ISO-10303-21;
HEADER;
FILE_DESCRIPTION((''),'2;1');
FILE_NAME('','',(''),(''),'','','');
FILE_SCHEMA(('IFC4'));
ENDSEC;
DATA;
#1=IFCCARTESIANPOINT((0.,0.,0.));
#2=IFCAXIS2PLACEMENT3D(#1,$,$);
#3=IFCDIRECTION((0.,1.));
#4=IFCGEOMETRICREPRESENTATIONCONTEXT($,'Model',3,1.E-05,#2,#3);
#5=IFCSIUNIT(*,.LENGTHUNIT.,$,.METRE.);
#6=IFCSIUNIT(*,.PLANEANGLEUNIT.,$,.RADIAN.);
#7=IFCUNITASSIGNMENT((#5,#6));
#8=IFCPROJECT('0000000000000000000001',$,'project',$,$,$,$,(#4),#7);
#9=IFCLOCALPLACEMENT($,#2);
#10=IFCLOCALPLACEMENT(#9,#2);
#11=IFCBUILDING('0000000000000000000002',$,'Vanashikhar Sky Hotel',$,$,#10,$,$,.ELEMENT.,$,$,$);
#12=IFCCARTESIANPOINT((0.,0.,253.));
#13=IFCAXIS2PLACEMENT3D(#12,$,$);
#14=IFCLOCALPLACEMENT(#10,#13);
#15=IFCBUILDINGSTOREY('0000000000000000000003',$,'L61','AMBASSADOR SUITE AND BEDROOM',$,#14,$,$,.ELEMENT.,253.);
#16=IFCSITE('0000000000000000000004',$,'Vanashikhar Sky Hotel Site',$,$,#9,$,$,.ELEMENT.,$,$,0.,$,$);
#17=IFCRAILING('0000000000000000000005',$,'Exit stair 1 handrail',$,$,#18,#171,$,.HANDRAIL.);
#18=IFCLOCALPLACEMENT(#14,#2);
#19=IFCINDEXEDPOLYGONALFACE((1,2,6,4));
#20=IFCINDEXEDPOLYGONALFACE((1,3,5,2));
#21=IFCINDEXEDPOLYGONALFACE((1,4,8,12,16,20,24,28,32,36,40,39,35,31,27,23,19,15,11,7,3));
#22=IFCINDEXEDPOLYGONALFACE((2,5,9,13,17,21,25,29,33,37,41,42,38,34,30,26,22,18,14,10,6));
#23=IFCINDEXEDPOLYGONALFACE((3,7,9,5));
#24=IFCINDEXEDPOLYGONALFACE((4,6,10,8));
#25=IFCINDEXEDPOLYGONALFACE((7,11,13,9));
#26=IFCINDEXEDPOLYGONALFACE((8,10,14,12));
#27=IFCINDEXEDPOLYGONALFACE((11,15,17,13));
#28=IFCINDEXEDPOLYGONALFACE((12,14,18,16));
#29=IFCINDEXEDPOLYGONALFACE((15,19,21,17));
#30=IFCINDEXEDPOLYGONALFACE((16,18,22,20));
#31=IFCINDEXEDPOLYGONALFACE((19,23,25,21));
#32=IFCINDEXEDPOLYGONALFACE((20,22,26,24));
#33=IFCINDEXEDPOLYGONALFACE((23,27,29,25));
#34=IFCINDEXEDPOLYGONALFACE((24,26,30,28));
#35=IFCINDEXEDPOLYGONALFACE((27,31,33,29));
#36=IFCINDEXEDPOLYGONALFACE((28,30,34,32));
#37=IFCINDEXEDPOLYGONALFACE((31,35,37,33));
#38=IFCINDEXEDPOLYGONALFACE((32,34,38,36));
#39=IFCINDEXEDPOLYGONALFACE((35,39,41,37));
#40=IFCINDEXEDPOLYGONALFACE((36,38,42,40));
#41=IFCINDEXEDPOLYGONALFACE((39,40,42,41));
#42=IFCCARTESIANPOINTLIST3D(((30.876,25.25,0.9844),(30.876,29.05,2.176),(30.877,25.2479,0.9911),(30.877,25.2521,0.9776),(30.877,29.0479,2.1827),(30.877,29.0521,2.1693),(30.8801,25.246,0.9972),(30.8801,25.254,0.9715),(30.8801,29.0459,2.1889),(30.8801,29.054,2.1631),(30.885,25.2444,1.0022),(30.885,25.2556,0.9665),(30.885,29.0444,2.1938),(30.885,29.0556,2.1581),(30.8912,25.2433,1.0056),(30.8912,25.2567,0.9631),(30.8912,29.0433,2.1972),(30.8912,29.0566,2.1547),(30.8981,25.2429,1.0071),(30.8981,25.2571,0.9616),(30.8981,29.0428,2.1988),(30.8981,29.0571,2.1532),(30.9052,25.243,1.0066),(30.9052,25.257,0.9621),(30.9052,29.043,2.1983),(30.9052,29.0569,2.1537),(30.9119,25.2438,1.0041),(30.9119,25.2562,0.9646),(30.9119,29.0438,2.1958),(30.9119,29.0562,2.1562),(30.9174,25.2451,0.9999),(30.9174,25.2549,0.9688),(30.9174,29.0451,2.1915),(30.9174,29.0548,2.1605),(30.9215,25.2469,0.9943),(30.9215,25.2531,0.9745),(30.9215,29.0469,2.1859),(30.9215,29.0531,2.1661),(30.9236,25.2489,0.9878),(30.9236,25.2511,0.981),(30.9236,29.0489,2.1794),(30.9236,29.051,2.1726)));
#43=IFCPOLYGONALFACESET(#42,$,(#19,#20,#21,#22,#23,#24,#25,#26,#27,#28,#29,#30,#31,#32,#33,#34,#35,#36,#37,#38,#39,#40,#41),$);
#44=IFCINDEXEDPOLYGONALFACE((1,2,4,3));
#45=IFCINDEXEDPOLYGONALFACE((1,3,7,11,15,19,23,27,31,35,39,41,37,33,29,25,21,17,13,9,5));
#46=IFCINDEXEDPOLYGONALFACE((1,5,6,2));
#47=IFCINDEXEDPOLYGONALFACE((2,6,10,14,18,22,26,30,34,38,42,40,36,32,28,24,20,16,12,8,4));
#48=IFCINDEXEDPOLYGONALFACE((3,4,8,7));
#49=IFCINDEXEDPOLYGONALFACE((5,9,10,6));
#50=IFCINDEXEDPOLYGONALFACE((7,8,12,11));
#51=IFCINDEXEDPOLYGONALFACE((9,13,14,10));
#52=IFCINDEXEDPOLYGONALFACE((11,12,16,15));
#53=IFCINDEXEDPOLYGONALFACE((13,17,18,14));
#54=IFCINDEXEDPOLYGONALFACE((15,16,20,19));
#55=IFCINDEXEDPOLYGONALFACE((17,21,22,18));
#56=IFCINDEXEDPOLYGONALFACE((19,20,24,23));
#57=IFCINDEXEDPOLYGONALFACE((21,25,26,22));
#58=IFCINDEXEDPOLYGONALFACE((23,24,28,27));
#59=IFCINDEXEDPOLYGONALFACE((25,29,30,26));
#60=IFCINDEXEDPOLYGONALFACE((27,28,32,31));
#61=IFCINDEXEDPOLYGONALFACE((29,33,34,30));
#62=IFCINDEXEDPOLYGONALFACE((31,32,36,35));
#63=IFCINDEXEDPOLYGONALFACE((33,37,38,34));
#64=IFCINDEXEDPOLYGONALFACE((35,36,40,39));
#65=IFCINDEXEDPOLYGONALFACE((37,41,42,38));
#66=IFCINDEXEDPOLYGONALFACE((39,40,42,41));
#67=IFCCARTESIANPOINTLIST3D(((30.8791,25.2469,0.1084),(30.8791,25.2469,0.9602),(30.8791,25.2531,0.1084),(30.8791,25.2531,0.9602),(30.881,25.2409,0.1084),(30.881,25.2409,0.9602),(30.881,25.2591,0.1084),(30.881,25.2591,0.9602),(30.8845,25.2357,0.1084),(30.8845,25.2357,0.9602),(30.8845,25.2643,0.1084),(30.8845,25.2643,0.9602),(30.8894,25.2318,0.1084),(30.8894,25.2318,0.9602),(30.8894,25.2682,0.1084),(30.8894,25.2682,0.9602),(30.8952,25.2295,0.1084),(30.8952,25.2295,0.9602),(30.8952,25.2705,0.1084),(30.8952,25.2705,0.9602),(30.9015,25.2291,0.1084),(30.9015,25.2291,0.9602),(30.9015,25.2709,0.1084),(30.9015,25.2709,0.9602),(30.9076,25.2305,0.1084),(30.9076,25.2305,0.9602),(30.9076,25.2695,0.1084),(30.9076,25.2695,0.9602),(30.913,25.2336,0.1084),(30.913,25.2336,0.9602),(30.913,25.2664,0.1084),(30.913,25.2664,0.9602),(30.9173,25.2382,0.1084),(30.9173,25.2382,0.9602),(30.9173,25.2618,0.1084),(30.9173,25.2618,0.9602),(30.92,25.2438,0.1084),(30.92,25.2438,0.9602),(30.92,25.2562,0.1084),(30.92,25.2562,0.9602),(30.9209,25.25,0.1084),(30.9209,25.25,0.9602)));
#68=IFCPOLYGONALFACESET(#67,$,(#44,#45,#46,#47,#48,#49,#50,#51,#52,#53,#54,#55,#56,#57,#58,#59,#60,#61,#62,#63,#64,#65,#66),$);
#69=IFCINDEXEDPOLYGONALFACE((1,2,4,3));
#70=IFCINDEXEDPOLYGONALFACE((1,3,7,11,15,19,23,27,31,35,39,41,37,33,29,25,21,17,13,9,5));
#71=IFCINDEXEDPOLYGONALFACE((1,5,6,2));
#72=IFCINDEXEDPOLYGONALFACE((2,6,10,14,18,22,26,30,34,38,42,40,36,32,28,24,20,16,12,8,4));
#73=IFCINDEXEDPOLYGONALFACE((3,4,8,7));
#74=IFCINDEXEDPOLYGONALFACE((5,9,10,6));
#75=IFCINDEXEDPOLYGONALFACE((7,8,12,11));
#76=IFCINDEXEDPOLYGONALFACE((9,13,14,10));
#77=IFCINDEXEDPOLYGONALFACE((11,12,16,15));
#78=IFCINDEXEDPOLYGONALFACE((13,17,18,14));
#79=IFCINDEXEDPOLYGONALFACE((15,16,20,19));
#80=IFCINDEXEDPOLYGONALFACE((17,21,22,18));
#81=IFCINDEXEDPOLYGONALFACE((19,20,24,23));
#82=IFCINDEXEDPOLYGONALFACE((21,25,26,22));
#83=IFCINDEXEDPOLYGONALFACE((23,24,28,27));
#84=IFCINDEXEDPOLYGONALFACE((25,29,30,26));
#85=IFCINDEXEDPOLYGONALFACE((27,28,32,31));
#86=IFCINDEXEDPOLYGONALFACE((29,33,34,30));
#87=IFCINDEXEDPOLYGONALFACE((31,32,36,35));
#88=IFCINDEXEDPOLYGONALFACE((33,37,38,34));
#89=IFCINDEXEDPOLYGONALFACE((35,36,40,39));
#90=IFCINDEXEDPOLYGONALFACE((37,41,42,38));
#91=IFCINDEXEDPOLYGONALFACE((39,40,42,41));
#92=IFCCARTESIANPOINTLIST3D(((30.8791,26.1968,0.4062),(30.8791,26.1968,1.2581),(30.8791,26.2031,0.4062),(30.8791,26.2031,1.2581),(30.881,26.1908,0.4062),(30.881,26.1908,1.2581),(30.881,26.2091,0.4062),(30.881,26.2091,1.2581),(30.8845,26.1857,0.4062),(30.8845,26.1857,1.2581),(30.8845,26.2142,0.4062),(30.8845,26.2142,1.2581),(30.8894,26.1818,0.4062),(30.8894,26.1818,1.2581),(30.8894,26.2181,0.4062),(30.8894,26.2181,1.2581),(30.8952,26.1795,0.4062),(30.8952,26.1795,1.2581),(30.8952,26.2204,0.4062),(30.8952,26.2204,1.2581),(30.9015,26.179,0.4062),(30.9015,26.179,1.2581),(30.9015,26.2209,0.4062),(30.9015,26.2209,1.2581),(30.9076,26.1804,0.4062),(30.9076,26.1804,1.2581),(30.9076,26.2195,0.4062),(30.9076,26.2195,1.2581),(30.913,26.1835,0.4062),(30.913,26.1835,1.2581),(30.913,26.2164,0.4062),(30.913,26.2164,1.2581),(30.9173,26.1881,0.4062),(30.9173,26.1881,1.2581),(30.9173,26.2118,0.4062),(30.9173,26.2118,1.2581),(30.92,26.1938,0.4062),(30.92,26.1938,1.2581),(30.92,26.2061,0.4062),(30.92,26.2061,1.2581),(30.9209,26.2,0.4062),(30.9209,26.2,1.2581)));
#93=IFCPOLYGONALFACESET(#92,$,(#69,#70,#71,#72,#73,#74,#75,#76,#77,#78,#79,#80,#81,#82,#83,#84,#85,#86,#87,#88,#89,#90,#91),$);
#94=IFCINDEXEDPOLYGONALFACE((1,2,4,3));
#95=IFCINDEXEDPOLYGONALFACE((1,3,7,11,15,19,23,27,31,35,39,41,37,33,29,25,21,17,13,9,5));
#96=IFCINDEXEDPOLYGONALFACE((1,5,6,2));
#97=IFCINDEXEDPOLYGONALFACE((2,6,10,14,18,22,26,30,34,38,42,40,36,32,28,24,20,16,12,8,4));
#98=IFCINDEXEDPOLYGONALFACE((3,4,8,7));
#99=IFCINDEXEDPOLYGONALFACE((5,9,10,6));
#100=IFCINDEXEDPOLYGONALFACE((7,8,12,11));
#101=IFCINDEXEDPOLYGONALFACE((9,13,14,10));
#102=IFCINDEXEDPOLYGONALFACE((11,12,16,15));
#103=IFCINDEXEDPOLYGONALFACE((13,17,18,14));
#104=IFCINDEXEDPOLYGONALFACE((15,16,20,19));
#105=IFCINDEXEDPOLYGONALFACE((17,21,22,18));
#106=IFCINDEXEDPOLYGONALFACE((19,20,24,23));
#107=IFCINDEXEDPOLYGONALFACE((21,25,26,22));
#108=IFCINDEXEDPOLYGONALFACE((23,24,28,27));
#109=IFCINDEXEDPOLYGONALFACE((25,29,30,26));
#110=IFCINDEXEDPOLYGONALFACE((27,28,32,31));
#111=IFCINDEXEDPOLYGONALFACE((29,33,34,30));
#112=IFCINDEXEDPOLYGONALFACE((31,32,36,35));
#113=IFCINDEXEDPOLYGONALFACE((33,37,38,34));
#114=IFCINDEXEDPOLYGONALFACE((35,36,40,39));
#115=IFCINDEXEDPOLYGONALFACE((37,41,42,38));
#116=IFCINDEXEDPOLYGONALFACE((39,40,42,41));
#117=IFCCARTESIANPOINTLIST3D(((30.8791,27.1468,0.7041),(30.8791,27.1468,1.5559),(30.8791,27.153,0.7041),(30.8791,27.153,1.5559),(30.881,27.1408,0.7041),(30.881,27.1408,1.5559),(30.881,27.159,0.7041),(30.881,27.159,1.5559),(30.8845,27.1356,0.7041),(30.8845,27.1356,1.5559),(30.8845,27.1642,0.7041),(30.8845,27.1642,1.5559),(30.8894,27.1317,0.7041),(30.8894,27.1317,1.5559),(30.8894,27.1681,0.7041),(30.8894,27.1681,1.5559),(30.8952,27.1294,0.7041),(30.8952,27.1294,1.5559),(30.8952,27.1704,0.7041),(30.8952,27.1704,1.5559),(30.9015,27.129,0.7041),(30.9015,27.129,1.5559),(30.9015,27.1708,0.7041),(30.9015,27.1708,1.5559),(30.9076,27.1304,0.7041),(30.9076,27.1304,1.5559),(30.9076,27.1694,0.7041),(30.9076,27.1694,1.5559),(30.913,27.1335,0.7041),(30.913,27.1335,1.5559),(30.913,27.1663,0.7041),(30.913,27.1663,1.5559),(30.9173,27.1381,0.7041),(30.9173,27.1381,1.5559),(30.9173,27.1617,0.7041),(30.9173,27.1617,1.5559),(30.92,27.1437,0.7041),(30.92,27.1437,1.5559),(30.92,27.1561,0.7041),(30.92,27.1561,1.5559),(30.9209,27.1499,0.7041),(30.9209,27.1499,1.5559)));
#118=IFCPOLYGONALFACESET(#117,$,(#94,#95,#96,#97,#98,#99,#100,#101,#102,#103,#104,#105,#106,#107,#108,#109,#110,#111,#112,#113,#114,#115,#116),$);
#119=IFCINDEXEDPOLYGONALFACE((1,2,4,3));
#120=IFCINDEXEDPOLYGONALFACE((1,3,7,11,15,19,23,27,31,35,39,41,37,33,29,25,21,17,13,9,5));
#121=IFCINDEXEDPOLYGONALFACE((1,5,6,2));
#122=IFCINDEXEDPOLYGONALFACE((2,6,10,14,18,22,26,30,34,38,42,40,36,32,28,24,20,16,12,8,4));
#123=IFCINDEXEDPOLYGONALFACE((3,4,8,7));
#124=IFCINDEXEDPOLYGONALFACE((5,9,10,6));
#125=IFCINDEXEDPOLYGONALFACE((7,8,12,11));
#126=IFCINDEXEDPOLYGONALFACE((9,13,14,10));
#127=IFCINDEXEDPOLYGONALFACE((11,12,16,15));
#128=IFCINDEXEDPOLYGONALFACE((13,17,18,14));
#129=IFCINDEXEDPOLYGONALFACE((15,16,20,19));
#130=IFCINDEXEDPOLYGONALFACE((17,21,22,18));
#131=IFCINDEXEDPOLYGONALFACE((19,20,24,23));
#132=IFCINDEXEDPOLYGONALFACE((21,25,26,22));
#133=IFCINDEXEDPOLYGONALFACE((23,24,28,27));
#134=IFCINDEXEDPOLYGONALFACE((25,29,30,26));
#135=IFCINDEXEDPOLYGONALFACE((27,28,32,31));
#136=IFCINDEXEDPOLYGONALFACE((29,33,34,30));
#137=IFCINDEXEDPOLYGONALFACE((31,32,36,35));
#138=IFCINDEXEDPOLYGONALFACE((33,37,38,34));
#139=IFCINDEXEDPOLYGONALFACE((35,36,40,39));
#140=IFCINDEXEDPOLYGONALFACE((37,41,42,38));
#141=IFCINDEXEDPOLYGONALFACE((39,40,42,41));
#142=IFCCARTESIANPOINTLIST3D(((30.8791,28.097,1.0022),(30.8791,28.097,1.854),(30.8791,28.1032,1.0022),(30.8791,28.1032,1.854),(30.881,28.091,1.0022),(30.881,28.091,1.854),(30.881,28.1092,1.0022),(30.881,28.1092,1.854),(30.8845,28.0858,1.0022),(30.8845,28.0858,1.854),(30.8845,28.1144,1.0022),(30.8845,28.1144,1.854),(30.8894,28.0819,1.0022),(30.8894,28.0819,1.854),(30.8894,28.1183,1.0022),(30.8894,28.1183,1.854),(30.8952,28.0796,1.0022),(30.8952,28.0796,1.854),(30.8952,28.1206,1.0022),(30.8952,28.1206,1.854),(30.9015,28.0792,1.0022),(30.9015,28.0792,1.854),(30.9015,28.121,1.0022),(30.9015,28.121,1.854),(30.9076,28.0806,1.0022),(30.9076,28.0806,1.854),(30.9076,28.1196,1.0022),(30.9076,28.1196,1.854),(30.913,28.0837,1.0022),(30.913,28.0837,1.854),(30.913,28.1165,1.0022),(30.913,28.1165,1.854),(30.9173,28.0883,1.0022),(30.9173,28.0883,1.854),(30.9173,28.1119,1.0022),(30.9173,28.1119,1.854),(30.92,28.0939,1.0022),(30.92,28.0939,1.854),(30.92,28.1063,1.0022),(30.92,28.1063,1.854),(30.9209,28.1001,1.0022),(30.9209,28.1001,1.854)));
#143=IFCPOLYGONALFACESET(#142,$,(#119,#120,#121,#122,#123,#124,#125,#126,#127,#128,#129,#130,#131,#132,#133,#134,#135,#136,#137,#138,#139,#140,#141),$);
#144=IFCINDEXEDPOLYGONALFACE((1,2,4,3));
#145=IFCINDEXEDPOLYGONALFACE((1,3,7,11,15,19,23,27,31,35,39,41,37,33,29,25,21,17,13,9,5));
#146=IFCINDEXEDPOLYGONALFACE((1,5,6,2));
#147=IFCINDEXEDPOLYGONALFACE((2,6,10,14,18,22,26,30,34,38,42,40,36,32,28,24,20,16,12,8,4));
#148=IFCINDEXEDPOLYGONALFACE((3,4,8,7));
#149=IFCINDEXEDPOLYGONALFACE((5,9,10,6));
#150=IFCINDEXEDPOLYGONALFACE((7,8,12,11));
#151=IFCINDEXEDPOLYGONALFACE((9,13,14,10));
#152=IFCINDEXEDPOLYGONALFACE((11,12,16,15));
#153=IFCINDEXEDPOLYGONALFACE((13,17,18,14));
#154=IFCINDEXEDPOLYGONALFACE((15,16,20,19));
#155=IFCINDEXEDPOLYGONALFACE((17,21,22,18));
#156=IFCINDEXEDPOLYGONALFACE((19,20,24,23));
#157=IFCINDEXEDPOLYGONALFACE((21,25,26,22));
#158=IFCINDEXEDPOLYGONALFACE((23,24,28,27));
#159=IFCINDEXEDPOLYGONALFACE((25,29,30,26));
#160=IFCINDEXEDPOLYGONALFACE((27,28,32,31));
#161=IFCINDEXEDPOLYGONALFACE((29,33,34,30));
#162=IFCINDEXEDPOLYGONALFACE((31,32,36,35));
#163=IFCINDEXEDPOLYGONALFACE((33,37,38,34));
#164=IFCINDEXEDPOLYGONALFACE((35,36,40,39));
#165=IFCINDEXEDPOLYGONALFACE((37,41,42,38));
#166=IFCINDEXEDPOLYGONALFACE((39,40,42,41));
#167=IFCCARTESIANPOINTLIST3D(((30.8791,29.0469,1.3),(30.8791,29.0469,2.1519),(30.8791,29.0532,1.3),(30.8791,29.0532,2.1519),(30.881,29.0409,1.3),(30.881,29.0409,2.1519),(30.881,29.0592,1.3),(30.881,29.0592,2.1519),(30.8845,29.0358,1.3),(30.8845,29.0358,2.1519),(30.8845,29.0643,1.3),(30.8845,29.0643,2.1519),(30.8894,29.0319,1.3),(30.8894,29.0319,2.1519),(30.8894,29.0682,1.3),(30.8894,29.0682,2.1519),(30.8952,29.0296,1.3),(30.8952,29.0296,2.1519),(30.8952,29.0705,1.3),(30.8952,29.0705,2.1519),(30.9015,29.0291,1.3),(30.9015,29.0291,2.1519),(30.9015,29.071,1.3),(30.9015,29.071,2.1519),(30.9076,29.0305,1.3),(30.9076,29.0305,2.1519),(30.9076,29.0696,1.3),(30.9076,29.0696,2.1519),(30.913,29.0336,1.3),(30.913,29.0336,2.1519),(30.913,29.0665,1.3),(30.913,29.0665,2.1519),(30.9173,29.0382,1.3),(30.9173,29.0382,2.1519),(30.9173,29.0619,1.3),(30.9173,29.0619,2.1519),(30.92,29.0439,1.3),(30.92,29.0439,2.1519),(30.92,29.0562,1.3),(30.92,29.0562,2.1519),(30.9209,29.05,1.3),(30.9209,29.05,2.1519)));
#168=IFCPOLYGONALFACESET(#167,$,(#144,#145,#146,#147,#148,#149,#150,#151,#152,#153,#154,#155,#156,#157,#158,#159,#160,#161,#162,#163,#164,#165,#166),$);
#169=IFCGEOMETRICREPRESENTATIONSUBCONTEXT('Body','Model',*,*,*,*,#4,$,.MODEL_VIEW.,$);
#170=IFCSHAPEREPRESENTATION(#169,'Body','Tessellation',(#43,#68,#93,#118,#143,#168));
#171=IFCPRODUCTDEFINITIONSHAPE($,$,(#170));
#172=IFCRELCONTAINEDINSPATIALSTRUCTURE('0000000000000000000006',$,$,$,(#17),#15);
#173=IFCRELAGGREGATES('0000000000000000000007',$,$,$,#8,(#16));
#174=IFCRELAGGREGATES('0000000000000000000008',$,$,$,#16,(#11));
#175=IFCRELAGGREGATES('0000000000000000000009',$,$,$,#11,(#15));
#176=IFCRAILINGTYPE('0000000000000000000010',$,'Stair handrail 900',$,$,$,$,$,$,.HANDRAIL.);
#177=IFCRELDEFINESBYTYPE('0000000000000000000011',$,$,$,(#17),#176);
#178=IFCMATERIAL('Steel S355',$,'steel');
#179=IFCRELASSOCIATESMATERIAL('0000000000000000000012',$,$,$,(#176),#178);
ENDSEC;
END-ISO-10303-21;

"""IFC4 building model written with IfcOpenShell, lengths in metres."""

from ifc_helpers import new_model, si_unit, direction, frame, origin, origin_2d, place, context, subcontext, project, spatial, circle, extrude, source, transform, mapped, material, type_object, element, save


model = new_model("IFC4")

# Units and contexts
model_context = context("Model", 3, precision=1e-05, world=origin(), true_north=direction((0.0, 1.0)))
body_context = subcontext(model_context, "Body", "Model", "MODEL_VIEW")
ifc_project = project(units=[si_unit("LENGTHUNIT", "METRE"), si_unit("PLANEANGLEUNIT", "RADIAN")], contexts=[model_context])

# Site, building, storey
site_placement = place(None, origin())
site = spatial("IfcSite", under=ifc_project, at=site_placement, Name="Vanashikhar Sky Hotel Site", CompositionType="ELEMENT", RefElevation=0.0)
building_placement = place(site_placement, origin())
building = spatial("IfcBuilding", under=site, at=building_placement, Name="Vanashikhar Sky Hotel", CompositionType="ELEMENT")
storey_placement = place(building_placement, frame((0.0, 0.0, 253.0)))
storey = spatial("IfcBuildingStorey", under=building, at=storey_placement, Name="L61", Description="AMBASSADOR SUITE AND BEDROOM", CompositionType="ELEMENT", Elevation=253.0)

# Railing
ifc_material_1 = material(Name="Steel S355", Category="steel")
railing_type_1 = type_object("IfcRailingType", Name="Stair handrail 900", PredefinedType="HANDRAIL", material=ifc_material_1)
shared_shape_1 = source(origin(), body_context, "Body", "SweptSolid", [
    extrude(circle(Radius=0.0239, at=origin_2d()), frame((0.0, 0.0, 0.876), z_axis=(0.0, 0.954184, 0.299221), x_axis=(-1.0, 0.0, 0.0)), (0.0, 0.0, 1.0), 3.9824),
    extrude(circle(Radius=0.021, at=origin_2d()), origin(), (0.0, 0.0, 1.0), 0.8518),
    extrude(circle(Radius=0.021, at=origin_2d()), frame((0.0, 0.95, 0.2979)), (0.0, 0.0, 1.0), 0.8518),
    extrude(circle(Radius=0.021, at=origin_2d()), frame((0.0, 1.8999, 0.5957)), (0.0, 0.0, 1.0), 0.8518),
    extrude(circle(Radius=0.021, at=origin_2d()), frame((0.0, 2.8501, 0.8938)), (0.0, 0.0, 1.0), 0.8518),
    extrude(circle(Radius=0.021, at=origin_2d()), frame((0.0, 3.8, 1.1917)), (0.0, 0.0, 1.0), 0.8518),
])
for number, where, name in (
    (1, (30.8999, 25.25, 0.1084), "Exit stair 1 handrail"),
):
    element("IfcRailing", number, at=place(storey_placement, frame(where)), inside=storey, type_object=railing_type_1, Name=name, PredefinedType="HANDRAIL", context=body_context, shape_type="MappedRepresentation", body=[
        mapped(shared_shape_1, transform((0.0, 0.0, 0.0), scale=1.0)),
    ])

save(model, "model.ifc")
